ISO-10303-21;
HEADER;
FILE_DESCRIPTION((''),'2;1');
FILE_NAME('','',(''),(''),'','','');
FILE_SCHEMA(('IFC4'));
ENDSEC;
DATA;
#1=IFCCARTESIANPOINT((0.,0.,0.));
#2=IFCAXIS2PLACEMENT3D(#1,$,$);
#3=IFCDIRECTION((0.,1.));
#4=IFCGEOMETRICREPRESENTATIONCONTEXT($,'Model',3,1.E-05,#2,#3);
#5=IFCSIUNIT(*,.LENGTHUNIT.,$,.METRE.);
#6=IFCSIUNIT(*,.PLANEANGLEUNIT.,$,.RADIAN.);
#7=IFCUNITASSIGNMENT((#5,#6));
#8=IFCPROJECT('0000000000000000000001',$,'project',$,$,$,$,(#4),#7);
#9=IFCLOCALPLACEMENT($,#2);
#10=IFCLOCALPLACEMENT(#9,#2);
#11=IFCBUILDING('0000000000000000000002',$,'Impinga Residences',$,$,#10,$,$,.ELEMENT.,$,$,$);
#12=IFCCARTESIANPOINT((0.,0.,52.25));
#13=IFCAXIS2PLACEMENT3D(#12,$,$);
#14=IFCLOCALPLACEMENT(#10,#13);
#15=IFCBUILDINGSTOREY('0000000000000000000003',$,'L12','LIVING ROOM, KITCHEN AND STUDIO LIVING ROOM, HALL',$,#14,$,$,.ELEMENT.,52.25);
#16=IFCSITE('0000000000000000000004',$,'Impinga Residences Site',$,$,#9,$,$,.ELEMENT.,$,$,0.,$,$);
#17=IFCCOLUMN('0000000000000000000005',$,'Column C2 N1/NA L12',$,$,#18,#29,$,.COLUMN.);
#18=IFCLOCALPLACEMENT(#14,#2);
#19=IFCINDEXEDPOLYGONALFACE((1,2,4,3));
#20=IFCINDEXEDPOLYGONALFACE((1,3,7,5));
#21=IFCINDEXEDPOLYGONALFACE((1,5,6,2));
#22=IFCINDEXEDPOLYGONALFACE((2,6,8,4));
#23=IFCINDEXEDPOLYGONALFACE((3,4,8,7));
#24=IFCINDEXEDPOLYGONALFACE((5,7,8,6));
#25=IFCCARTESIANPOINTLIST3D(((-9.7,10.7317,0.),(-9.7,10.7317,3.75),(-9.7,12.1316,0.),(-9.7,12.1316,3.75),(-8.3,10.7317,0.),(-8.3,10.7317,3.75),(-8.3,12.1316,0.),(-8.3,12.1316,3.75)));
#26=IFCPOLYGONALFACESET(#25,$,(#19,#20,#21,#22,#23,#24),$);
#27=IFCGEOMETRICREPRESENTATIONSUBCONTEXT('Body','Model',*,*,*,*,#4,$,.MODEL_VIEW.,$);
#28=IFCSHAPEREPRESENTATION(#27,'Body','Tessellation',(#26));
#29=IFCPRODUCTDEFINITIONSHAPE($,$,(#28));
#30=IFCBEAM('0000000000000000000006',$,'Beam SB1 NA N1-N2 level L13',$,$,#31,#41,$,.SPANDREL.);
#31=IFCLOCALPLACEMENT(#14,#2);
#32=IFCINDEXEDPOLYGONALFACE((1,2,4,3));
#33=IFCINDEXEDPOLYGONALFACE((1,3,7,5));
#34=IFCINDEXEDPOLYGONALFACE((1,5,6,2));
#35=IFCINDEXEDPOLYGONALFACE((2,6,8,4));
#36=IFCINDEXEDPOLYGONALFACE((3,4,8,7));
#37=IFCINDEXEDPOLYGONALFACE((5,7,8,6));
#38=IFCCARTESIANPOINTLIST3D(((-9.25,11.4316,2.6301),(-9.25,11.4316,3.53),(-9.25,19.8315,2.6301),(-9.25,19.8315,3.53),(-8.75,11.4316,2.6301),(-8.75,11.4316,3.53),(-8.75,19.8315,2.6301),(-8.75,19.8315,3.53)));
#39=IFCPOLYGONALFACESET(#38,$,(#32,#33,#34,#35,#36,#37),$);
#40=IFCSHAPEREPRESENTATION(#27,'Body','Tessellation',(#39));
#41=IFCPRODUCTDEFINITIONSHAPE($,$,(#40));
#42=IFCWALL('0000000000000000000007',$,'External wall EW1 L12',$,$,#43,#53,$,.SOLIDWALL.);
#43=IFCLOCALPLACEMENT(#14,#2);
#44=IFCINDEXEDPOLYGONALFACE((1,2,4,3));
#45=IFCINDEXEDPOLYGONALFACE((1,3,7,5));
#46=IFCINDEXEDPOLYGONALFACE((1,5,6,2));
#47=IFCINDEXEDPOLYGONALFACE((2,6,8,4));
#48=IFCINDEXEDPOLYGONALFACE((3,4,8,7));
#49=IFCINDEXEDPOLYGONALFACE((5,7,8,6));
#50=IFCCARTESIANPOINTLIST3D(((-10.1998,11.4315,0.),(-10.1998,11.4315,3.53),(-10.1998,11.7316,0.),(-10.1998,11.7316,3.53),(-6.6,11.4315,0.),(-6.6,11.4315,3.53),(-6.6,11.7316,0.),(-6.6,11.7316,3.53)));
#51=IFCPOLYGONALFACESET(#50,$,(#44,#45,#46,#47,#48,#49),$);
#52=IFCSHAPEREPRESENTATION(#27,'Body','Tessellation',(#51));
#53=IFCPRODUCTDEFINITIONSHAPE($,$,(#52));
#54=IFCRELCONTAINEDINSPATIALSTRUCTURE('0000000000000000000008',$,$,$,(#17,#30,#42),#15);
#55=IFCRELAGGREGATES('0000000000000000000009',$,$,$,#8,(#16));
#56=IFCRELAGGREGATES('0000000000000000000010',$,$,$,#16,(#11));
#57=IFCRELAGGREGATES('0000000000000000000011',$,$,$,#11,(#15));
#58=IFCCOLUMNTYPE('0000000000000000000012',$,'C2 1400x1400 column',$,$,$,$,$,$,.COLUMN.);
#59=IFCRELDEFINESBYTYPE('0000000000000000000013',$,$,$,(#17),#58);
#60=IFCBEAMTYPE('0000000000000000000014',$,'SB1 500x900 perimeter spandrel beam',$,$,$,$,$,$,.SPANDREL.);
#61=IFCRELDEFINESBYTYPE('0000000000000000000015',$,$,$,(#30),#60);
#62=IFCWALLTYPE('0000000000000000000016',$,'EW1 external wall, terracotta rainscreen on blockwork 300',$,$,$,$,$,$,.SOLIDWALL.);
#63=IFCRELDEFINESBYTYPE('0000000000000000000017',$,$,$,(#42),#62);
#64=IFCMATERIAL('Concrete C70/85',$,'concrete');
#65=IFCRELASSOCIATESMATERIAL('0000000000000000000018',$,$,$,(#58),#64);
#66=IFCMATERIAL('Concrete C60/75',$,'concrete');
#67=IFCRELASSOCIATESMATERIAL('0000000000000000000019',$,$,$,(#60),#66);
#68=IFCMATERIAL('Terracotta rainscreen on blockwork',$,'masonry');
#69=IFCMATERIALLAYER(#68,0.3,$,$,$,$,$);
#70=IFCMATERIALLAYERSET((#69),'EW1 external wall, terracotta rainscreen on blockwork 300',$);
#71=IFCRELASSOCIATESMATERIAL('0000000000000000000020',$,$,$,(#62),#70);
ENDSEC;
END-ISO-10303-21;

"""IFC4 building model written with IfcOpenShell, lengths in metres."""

from ifc_helpers import new_model, si_unit, direction, frame, frame_2d, origin, origin_2d, place, context, subcontext, project, spatial, rectangle, extrude, material, layer, layer_set, material_profile, profile_set, type_object, element, save


model = new_model("IFC4")

# Units and contexts
model_context = context("Model", 3, precision=1e-05, world=origin(), true_north=direction((0.0, 1.0)))
body_context = subcontext(model_context, "Body", "Model", "MODEL_VIEW")
ifc_project = project(units=[si_unit("LENGTHUNIT", "METRE"), si_unit("PLANEANGLEUNIT", "RADIAN")], contexts=[model_context])

# Site, building, storey
site_placement = place(None, origin())
site = spatial("IfcSite", under=ifc_project, at=site_placement, Name="Impinga Residences Site", CompositionType="ELEMENT", RefElevation=0.0)
building_placement = place(site_placement, origin())
building = spatial("IfcBuilding", under=site, at=building_placement, Name="Impinga Residences", CompositionType="ELEMENT")
storey_placement = place(building_placement, frame((0.0, 0.0, 52.25)))
storey = spatial("IfcBuildingStorey", under=building, at=storey_placement, Name="L12", Description="LIVING ROOM, KITCHEN AND STUDIO LIVING ROOM, HALL", CompositionType="ELEMENT", Elevation=52.25)

# Column
ifc_material_1 = material(Name="Concrete C70/85", Category="concrete")
ifc_material_profile_1 = material_profile(ifc_material_1, rectangle(XDim=1.3999, YDim=1.3999, at=origin_2d()), Name="RC 1400x1400")
ifc_profile_set_1 = profile_set([ifc_material_profile_1], Name="Concrete C70/85")
column_type = type_object("IfcColumnType", Name="C2 1400x1400 column", PredefinedType="COLUMN", material=ifc_profile_set_1)
column_placement = place(storey_placement, frame((-9.0, 11.4316, 0.0), z_axis=(0.0, 0.0, 1.0), x_axis=(1.0, 0.0, 0.0)))
element("IfcColumn", 1, at=column_placement, inside=storey, type_object=column_type, Name="Column C2 N1/NA L12", PredefinedType="COLUMN", context=body_context, shape_type="SweptSolid", body=[
    extrude(rectangle(XDim=1.3999, YDim=1.3999, at=origin_2d()), origin(), (0.0, 0.0, 1.0), 3.75),
])

# Beam
ifc_material_2 = material(Name="Concrete C60/75", Category="concrete")
ifc_material_profile_2 = material_profile(ifc_material_2, rectangle(XDim=0.5, YDim=0.8999, at=origin_2d()), Name="RC 500x900")
ifc_profile_set_2 = profile_set([ifc_material_profile_2], Name="Concrete C60/75")
beam_type = type_object("IfcBeamType", Name="SB1 500x900 perimeter spandrel beam", PredefinedType="SPANDREL", material=ifc_profile_set_2)
beam_placement = place(storey_placement, frame((-9.0, 11.4316, 3.0801), z_axis=(0.0, 1.0, 0.0), x_axis=(-1.0, 0.0, 0.0)))
element("IfcBeam", 2, at=beam_placement, inside=storey, type_object=beam_type, Name="Beam SB1 NA N1-N2 level L13", PredefinedType="SPANDREL", context=body_context, shape_type="SweptSolid", body=[
    extrude(rectangle(XDim=0.5, YDim=0.8999, at=origin_2d()), origin(), (0.0, 0.0, 1.0), 8.3999),
])

# Wall
ifc_material_3 = material(Name="Terracotta rainscreen on blockwork", Category="masonry")
ifc_layer_1 = layer(ifc_material_3, 0.3)
ifc_layer_set_1 = layer_set([ifc_layer_1], Name="EW1 external wall, terracotta rainscreen on blockwork 300")
wall_type_1 = type_object("IfcWallType", Name="EW1 external wall, terracotta rainscreen on blockwork 300", PredefinedType="SOLIDWALL", material=ifc_layer_set_1)
wall_1_placement = place(storey_placement, frame((-6.6001, 11.5815, 0.0), z_axis=(0.0, 0.0, 1.0), x_axis=(-1.0, 0.0, 0.0)))
element("IfcWall", 3, at=wall_1_placement, inside=storey, type_object=wall_type_1, Name="External wall EW1 L12", PredefinedType="SOLIDWALL", context=body_context, shape_type="SweptSolid", body=[
    extrude(rectangle(XDim=3.5999, YDim=0.3, at=frame_2d((1.7998, 0.0))), origin(), (0.0, 0.0, 1.0), 3.53),
])

save(model, "model.ifc")
